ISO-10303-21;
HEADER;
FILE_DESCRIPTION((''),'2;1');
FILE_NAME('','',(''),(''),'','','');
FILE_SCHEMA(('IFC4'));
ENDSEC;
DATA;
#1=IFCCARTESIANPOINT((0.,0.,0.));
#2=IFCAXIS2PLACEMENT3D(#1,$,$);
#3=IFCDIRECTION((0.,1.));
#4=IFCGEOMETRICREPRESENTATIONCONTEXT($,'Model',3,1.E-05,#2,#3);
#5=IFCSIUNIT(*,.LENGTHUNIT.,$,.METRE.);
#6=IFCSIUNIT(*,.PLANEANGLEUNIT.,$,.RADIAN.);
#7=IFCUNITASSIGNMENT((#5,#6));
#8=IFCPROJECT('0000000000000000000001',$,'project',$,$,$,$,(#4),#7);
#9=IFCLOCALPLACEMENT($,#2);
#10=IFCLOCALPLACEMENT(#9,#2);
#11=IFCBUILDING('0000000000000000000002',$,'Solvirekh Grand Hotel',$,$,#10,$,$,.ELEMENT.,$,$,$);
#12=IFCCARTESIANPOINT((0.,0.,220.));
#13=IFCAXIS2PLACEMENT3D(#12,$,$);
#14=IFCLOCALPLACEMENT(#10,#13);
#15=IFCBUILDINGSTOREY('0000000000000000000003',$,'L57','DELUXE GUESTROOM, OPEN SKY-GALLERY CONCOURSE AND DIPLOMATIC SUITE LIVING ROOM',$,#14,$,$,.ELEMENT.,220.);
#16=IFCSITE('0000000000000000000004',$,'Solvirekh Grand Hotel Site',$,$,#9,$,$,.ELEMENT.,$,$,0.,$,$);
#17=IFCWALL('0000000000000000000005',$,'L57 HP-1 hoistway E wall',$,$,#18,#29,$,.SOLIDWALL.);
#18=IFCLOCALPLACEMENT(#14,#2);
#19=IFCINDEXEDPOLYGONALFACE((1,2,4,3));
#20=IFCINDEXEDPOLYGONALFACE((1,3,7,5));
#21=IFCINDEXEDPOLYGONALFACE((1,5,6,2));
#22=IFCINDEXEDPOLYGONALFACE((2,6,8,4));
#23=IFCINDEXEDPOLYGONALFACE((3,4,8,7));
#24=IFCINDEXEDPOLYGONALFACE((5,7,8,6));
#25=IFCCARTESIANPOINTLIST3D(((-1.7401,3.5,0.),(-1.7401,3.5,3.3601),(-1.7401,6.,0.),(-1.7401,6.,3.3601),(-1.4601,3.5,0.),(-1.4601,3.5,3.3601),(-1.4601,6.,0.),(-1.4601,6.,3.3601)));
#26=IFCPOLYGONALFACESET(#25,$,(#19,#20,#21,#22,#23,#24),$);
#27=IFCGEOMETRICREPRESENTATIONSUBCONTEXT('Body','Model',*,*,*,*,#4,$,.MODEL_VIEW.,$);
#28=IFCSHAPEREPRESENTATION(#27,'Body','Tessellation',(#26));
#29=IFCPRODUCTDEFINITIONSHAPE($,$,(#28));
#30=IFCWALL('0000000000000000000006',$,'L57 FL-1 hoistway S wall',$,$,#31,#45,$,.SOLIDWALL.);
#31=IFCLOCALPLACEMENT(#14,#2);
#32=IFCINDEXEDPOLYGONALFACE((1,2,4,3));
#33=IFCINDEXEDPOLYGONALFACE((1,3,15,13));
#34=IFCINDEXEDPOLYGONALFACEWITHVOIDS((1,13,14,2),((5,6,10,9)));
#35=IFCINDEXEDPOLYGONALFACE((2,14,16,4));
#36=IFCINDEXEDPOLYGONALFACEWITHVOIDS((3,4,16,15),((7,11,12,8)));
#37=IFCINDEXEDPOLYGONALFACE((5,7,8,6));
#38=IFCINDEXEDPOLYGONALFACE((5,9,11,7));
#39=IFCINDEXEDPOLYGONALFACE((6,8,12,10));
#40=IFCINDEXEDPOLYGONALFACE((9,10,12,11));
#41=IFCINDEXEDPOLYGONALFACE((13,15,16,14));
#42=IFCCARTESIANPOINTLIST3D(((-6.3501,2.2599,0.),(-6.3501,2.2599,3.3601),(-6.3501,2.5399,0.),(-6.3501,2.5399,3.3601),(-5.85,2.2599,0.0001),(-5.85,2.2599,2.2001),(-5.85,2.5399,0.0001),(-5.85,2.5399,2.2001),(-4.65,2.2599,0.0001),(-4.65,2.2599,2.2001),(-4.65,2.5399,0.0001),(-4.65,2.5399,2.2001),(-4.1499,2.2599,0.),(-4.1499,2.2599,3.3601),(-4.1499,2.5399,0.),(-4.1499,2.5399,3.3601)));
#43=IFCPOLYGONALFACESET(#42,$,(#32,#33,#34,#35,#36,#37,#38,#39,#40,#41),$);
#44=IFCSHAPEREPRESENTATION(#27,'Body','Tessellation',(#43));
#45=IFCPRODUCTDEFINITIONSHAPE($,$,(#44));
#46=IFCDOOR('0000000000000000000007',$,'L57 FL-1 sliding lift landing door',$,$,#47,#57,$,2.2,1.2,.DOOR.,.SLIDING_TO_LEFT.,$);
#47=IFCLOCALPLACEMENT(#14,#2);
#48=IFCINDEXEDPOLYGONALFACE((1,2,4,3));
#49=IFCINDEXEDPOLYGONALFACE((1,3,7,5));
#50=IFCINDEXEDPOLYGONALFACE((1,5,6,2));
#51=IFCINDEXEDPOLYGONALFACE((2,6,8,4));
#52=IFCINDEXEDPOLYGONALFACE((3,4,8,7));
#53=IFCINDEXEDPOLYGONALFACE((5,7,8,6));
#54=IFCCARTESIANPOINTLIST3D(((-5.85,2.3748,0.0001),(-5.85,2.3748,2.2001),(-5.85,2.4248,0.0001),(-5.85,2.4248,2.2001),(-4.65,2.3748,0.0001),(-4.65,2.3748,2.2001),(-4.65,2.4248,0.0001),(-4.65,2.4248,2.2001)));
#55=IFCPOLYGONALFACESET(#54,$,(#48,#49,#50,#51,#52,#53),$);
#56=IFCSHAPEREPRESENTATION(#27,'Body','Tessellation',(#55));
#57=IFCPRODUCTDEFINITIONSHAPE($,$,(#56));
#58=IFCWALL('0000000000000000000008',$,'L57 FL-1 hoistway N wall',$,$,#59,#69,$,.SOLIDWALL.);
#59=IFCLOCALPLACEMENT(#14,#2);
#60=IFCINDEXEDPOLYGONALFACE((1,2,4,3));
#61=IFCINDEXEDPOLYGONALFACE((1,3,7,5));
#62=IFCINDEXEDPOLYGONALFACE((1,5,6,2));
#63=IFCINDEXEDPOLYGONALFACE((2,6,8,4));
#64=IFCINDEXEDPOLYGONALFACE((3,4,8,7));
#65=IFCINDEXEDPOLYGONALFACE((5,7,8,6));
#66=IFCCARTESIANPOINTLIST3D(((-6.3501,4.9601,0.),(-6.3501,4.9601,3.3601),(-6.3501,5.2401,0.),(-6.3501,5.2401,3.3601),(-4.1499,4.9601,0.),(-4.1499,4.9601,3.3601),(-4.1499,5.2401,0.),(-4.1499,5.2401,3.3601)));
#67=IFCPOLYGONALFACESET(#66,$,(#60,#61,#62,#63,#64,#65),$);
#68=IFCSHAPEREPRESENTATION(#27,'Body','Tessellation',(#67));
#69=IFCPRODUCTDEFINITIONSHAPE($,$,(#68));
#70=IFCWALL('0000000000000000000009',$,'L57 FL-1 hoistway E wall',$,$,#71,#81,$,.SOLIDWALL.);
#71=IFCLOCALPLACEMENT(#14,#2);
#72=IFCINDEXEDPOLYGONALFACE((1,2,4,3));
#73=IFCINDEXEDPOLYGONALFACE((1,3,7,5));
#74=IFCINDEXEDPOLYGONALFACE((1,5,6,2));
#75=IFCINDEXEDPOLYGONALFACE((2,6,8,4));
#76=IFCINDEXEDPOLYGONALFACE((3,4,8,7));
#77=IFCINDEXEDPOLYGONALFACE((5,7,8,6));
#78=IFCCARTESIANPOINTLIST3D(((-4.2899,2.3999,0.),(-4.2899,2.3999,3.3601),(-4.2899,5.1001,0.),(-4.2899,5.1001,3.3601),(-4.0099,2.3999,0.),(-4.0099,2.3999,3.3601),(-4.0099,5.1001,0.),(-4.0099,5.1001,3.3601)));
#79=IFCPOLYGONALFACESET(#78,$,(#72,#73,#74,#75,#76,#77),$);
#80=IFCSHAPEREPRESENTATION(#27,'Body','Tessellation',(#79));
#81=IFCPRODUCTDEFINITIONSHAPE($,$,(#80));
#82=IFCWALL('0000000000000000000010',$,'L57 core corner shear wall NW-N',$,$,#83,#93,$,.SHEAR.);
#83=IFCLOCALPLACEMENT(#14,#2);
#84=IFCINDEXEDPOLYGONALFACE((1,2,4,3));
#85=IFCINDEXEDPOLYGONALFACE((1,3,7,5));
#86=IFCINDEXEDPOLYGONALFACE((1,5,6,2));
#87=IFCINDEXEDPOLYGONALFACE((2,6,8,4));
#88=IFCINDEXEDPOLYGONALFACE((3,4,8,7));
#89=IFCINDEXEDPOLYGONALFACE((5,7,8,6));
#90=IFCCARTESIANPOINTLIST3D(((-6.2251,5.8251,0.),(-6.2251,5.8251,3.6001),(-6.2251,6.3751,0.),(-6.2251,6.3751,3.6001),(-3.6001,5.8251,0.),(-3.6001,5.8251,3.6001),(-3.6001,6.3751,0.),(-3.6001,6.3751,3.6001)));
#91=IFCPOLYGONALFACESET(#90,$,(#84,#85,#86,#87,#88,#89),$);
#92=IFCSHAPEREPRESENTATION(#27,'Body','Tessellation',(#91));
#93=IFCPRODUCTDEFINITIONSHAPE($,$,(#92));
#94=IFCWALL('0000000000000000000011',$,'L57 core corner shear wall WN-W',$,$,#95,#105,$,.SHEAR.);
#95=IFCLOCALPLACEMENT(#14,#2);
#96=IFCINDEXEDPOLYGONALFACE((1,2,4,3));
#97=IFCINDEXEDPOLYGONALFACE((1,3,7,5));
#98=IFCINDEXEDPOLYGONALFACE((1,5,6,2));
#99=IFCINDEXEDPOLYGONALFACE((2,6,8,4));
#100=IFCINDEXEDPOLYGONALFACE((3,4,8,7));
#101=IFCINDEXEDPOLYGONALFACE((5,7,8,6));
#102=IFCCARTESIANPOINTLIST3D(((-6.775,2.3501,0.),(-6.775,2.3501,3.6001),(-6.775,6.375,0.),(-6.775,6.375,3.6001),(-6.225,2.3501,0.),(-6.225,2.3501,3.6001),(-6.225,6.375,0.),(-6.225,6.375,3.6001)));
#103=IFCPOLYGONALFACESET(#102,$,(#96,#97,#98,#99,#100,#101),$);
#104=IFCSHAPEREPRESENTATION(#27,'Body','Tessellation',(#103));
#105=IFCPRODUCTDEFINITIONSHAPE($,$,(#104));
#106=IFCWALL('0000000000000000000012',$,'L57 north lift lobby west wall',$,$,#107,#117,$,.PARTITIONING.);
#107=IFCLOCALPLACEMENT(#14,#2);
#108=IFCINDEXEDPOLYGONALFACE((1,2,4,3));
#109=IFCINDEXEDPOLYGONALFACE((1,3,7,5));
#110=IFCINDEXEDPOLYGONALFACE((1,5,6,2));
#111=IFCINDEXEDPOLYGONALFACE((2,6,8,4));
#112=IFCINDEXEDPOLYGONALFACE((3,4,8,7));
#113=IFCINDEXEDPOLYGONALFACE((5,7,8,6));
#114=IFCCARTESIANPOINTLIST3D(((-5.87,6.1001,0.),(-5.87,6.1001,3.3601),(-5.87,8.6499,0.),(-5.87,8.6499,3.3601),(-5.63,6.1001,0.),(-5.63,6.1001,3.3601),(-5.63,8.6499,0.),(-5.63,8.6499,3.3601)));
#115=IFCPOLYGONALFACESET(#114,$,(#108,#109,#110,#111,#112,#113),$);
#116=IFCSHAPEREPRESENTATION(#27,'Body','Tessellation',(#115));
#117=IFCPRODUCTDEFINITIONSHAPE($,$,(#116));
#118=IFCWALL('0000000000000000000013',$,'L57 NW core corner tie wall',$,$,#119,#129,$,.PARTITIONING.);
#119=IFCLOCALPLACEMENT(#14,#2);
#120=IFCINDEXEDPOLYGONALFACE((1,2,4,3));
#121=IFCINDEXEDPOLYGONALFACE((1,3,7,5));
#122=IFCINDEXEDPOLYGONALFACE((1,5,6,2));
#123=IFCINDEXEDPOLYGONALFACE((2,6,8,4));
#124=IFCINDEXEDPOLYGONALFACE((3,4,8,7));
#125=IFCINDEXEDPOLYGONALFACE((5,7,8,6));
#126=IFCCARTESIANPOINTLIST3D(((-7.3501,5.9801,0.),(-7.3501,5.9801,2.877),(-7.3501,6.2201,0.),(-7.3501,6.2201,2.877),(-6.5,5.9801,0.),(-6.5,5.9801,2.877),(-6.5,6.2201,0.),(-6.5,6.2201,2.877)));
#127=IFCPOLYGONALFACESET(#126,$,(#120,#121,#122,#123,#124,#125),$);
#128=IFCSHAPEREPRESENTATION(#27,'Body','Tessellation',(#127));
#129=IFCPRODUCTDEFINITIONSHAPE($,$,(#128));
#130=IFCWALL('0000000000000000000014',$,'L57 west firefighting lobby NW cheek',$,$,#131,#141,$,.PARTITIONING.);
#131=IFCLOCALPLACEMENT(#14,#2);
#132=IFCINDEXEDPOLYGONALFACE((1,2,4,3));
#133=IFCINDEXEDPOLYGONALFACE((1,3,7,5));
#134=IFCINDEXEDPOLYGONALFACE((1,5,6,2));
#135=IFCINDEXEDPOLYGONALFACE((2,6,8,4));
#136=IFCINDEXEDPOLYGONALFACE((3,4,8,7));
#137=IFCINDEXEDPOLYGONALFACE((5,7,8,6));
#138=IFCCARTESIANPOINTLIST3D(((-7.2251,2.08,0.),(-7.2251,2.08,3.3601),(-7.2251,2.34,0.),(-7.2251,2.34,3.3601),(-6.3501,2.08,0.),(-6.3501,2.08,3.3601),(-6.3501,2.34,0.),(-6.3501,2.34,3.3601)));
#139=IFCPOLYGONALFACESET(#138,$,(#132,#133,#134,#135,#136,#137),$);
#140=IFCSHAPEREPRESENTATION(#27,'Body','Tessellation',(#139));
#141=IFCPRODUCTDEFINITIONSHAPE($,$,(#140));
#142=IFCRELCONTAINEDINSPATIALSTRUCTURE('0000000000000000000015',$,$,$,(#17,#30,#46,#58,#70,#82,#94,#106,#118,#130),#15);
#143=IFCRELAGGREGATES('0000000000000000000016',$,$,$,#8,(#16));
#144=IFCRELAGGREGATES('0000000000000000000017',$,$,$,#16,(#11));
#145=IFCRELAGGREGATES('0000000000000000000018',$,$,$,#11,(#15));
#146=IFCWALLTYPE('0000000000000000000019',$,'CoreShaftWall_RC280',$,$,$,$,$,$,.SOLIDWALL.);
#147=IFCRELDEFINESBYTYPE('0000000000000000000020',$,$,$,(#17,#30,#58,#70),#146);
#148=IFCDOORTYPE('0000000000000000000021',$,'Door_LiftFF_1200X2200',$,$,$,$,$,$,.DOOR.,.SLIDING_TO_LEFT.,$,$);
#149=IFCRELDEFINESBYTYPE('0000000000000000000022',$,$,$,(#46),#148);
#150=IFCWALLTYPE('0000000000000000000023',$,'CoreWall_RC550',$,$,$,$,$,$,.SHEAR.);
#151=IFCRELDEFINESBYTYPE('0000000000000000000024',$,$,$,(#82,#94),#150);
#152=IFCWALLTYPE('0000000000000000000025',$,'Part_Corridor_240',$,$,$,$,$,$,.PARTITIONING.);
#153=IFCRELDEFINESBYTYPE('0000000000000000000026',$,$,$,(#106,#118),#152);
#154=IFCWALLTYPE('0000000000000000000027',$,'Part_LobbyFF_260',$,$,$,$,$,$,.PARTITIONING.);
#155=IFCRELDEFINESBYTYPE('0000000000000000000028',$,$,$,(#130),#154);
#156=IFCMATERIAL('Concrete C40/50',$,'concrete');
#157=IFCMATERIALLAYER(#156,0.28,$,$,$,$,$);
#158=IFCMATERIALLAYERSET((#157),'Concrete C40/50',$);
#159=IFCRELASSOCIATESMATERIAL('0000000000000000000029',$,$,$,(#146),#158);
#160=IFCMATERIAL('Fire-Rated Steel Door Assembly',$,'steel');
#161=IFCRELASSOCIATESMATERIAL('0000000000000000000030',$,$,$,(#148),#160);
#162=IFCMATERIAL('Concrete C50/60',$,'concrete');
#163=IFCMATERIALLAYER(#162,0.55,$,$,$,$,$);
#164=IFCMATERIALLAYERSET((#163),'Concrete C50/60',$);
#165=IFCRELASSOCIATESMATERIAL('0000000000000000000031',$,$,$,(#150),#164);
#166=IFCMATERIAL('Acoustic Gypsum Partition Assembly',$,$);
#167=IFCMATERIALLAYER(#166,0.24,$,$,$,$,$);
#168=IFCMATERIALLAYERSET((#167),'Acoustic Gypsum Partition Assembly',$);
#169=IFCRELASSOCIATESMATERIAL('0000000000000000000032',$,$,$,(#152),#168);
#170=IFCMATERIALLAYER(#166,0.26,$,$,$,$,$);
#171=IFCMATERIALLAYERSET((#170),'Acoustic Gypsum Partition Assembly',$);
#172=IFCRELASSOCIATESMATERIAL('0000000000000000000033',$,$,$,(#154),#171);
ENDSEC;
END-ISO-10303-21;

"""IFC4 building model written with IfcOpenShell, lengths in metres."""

from ifc_helpers import new_model, si_unit, direction, frame, frame_2d, origin, place, context, subcontext, project, spatial, rectangle, extrude, material, layer, layer_set, type_object, element, fill, save


model = new_model("IFC4")

# Units and contexts
model_context = context("Model", 3, precision=1e-05, world=origin(), true_north=direction((0.0, 1.0)))
body_context = subcontext(model_context, "Body", "Model", "MODEL_VIEW")
ifc_project = project(units=[si_unit("LENGTHUNIT", "METRE"), si_unit("PLANEANGLEUNIT", "RADIAN")], contexts=[model_context])

# Site, building, storey
site_placement = place(None, origin())
site = spatial("IfcSite", under=ifc_project, at=site_placement, Name="Solvirekh Grand Hotel Site", CompositionType="ELEMENT", RefElevation=0.0)
building_placement = place(site_placement, origin())
building = spatial("IfcBuilding", under=site, at=building_placement, Name="Solvirekh Grand Hotel", CompositionType="ELEMENT")
storey_placement = place(building_placement, frame((0.0, 0.0, 220.0)))
storey = spatial("IfcBuildingStorey", under=building, at=storey_placement, Name="L57", Description="DELUXE GUESTROOM, OPEN SKY-GALLERY CONCOURSE AND DIPLOMATIC SUITE LIVING ROOM", CompositionType="ELEMENT", Elevation=220.0)

# Shared definitions
ifc_material_1 = material(Name="Concrete C50/60", Category="concrete")

# Shared definitions
ifc_material_2 = material(Name="Concrete C40/50", Category="concrete")
ifc_layer_1 = layer(ifc_material_2, 0.28)
ifc_layer_set_1 = layer_set([ifc_layer_1], Name="Concrete C40/50")
wall_type_1 = type_object("IfcWallType", Name="CoreShaftWall_RC280", PredefinedType="SOLIDWALL", material=ifc_layer_set_1)
ifc_material_3 = material(Name="Fire-Rated Steel Door Assembly", Category="steel")

# Wall
for number, where, z_axis, x_axis, name in (
    (1, (-1.6001, 3.5, 0.0), (0.0, 0.0, 1.0), (0.0, 1.0, 0.0), "L57 HP-1 hoistway E wall"),
):
    element("IfcWall", number, at=place(storey_placement, frame(where, z_axis=z_axis, x_axis=x_axis)), inside=storey, type_object=wall_type_1, Name=name, PredefinedType="SOLIDWALL", context=body_context, shape_type="SweptSolid", body=[
        extrude(rectangle(XDim=2.5, YDim=0.28, at=frame_2d((1.25, 0.0))), origin(), (0.0, 0.0, 1.0), 3.3601),
    ])

# Wall, opening, door
wall_1_placement = place(storey_placement, frame((-6.3501, 2.3999, 0.0), z_axis=(0.0, 0.0, 1.0), x_axis=(1.0, 0.0, 0.0)))
wall_1 = element("IfcWall", 2, at=wall_1_placement, inside=storey, type_object=wall_type_1, Name="L57 FL-1 hoistway S wall", PredefinedType="SOLIDWALL", context=body_context, shape_type="SweptSolid", body=[
    extrude(rectangle(XDim=2.2002, YDim=0.28, at=frame_2d((1.1001, 0.0))), origin(), (0.0, 0.0, 1.0), 3.3601),
])
opening_1_placement = place(wall_1_placement, frame((0.5, 0.0, 0.0)))
opening_1 = element("IfcOpeningElement", 3, at=opening_1_placement, cuts=wall_1, PredefinedType="OPENING", context=body_context, shape_type="SweptSolid", body=[
    extrude(rectangle(XDim=1.2, YDim=2.2, at=frame_2d((0.6001, 1.1001))), frame((0.0, 0.1499, 0.0), z_axis=(0.0, -1.0, 0.0), x_axis=(1.0, 0.0, 0.0)), (0.0, 0.0, 1.0), 0.3),
])
door_type_1 = type_object("IfcDoorType", Name="Door_LiftFF_1200X2200", OperationType="SLIDING_TO_LEFT", PredefinedType="DOOR", material=ifc_material_3)
door_1_placement = place(opening_1_placement, origin())
door_1 = element("IfcDoor", 4, at=door_1_placement, inside=storey, type_object=door_type_1, Name="L57 FL-1 sliding lift landing door", OperationType="SLIDING_TO_LEFT", OverallHeight=2.2, OverallWidth=1.2, PredefinedType="DOOR", context=body_context, shape_type="SweptSolid", body=[
    extrude(rectangle(XDim=1.2, YDim=2.2, at=frame_2d((0.6001, 1.1001))), frame((0.0, 0.0249, 0.0), z_axis=(0.0, -1.0, 0.0), x_axis=(1.0, 0.0, 0.0)), (0.0, 0.0, 1.0), 0.05),
])
fill(opening_1, door_1)

# Walls
wall_2_placement = place(storey_placement, frame((-4.1499, 5.1001, 0.0), z_axis=(0.0, 0.0, 1.0), x_axis=(-1.0, 0.0, 0.0)))
element("IfcWall", 5, at=wall_2_placement, inside=storey, type_object=wall_type_1, Name="L57 FL-1 hoistway N wall", PredefinedType="SOLIDWALL", context=body_context, shape_type="SweptSolid", body=[
    extrude(rectangle(XDim=2.2002, YDim=0.28, at=frame_2d((1.1001, 0.0))), origin(), (0.0, 0.0, 1.0), 3.3601),
])
wall_3_placement = place(storey_placement, frame((-4.1499, 2.3999, 0.0), z_axis=(0.0, 0.0, 1.0), x_axis=(0.0, 1.0, 0.0)))
element("IfcWall", 6, at=wall_3_placement, inside=storey, type_object=wall_type_1, Name="L57 FL-1 hoistway E wall", PredefinedType="SOLIDWALL", context=body_context, shape_type="SweptSolid", body=[
    extrude(rectangle(XDim=2.7002, YDim=0.28, at=frame_2d((1.3501, 0.0))), origin(), (0.0, 0.0, 1.0), 3.3601),
])
ifc_layer_2 = layer(ifc_material_1, 0.55)
ifc_layer_set_2 = layer_set([ifc_layer_2], Name="Concrete C50/60")
wall_type_2 = type_object("IfcWallType", Name="CoreWall_RC550", PredefinedType="SHEAR", material=ifc_layer_set_2)
wall_4_placement = place(storey_placement, frame((-6.2251, 6.1001, 0.0), z_axis=(0.0, 0.0, 1.0), x_axis=(1.0, 0.0, 0.0)))
element("IfcWall", 7, at=wall_4_placement, inside=storey, type_object=wall_type_2, Name="L57 core corner shear wall NW-N", PredefinedType="SHEAR", context=body_context, shape_type="SweptSolid", body=[
    extrude(rectangle(XDim=2.625, YDim=0.55, at=frame_2d((1.3125, 0.0))), origin(), (0.0, 0.0, 1.0), 3.6001),
])
wall_5_placement = place(storey_placement, frame((-6.5, 2.3501, 0.0), z_axis=(0.0, 0.0, 1.0), x_axis=(0.0, 1.0, 0.0)))
element("IfcWall", 8, at=wall_5_placement, inside=storey, type_object=wall_type_2, Name="L57 core corner shear wall WN-W", PredefinedType="SHEAR", context=body_context, shape_type="SweptSolid", body=[
    extrude(rectangle(XDim=4.0249, YDim=0.55, at=frame_2d((2.0125, 0.0))), origin(), (0.0, 0.0, 1.0), 3.6001),
])
ifc_material_4 = material(Name="Acoustic Gypsum Partition Assembly")
ifc_layer_3 = layer(ifc_material_4, 0.24)
ifc_layer_set_3 = layer_set([ifc_layer_3], Name="Acoustic Gypsum Partition Assembly")
wall_type_3 = type_object("IfcWallType", Name="Part_Corridor_240", PredefinedType="PARTITIONING", material=ifc_layer_set_3)
wall_6_placement = place(storey_placement, frame((-5.75, 6.1001, 0.0), z_axis=(0.0, 0.0, 1.0), x_axis=(0.0, 1.0, 0.0)))
element("IfcWall", 9, at=wall_6_placement, inside=storey, type_object=wall_type_3, Name="L57 north lift lobby west wall", PredefinedType="PARTITIONING", context=body_context, shape_type="SweptSolid", body=[
    extrude(rectangle(XDim=2.5498, YDim=0.24, at=frame_2d((1.2749, 0.0))), origin(), (0.0, 0.0, 1.0), 3.3601),
])
wall_7_placement = place(storey_placement, frame((-7.3501, 6.1001, 0.0), z_axis=(0.0, 0.0, 1.0), x_axis=(1.0, 0.0, 0.0)))
element("IfcWall", 10, at=wall_7_placement, inside=storey, type_object=wall_type_3, Name="L57 NW core corner tie wall", PredefinedType="PARTITIONING", context=body_context, shape_type="SweptSolid", body=[
    extrude(rectangle(XDim=0.8501, YDim=0.24, at=frame_2d((0.425, 0.0))), origin(), (0.0, 0.0, 1.0), 2.877),
])
ifc_layer_4 = layer(ifc_material_4, 0.26)
ifc_layer_set_4 = layer_set([ifc_layer_4], Name="Acoustic Gypsum Partition Assembly")
wall_type_4 = type_object("IfcWallType", Name="Part_LobbyFF_260", PredefinedType="PARTITIONING", material=ifc_layer_set_4)
wall_8_placement = place(storey_placement, frame((-7.2251, 2.21, 0.0), z_axis=(0.0, 0.0, 1.0), x_axis=(1.0, 0.0, 0.0)))
element("IfcWall", 11, at=wall_8_placement, inside=storey, type_object=wall_type_4, Name="L57 west firefighting lobby NW cheek", PredefinedType="PARTITIONING", context=body_context, shape_type="SweptSolid", body=[
    extrude(rectangle(XDim=0.875, YDim=0.26, at=frame_2d((0.4375, 0.0))), origin(), (0.0, 0.0, 1.0), 3.3601),
])

save(model, "model.ifc")
